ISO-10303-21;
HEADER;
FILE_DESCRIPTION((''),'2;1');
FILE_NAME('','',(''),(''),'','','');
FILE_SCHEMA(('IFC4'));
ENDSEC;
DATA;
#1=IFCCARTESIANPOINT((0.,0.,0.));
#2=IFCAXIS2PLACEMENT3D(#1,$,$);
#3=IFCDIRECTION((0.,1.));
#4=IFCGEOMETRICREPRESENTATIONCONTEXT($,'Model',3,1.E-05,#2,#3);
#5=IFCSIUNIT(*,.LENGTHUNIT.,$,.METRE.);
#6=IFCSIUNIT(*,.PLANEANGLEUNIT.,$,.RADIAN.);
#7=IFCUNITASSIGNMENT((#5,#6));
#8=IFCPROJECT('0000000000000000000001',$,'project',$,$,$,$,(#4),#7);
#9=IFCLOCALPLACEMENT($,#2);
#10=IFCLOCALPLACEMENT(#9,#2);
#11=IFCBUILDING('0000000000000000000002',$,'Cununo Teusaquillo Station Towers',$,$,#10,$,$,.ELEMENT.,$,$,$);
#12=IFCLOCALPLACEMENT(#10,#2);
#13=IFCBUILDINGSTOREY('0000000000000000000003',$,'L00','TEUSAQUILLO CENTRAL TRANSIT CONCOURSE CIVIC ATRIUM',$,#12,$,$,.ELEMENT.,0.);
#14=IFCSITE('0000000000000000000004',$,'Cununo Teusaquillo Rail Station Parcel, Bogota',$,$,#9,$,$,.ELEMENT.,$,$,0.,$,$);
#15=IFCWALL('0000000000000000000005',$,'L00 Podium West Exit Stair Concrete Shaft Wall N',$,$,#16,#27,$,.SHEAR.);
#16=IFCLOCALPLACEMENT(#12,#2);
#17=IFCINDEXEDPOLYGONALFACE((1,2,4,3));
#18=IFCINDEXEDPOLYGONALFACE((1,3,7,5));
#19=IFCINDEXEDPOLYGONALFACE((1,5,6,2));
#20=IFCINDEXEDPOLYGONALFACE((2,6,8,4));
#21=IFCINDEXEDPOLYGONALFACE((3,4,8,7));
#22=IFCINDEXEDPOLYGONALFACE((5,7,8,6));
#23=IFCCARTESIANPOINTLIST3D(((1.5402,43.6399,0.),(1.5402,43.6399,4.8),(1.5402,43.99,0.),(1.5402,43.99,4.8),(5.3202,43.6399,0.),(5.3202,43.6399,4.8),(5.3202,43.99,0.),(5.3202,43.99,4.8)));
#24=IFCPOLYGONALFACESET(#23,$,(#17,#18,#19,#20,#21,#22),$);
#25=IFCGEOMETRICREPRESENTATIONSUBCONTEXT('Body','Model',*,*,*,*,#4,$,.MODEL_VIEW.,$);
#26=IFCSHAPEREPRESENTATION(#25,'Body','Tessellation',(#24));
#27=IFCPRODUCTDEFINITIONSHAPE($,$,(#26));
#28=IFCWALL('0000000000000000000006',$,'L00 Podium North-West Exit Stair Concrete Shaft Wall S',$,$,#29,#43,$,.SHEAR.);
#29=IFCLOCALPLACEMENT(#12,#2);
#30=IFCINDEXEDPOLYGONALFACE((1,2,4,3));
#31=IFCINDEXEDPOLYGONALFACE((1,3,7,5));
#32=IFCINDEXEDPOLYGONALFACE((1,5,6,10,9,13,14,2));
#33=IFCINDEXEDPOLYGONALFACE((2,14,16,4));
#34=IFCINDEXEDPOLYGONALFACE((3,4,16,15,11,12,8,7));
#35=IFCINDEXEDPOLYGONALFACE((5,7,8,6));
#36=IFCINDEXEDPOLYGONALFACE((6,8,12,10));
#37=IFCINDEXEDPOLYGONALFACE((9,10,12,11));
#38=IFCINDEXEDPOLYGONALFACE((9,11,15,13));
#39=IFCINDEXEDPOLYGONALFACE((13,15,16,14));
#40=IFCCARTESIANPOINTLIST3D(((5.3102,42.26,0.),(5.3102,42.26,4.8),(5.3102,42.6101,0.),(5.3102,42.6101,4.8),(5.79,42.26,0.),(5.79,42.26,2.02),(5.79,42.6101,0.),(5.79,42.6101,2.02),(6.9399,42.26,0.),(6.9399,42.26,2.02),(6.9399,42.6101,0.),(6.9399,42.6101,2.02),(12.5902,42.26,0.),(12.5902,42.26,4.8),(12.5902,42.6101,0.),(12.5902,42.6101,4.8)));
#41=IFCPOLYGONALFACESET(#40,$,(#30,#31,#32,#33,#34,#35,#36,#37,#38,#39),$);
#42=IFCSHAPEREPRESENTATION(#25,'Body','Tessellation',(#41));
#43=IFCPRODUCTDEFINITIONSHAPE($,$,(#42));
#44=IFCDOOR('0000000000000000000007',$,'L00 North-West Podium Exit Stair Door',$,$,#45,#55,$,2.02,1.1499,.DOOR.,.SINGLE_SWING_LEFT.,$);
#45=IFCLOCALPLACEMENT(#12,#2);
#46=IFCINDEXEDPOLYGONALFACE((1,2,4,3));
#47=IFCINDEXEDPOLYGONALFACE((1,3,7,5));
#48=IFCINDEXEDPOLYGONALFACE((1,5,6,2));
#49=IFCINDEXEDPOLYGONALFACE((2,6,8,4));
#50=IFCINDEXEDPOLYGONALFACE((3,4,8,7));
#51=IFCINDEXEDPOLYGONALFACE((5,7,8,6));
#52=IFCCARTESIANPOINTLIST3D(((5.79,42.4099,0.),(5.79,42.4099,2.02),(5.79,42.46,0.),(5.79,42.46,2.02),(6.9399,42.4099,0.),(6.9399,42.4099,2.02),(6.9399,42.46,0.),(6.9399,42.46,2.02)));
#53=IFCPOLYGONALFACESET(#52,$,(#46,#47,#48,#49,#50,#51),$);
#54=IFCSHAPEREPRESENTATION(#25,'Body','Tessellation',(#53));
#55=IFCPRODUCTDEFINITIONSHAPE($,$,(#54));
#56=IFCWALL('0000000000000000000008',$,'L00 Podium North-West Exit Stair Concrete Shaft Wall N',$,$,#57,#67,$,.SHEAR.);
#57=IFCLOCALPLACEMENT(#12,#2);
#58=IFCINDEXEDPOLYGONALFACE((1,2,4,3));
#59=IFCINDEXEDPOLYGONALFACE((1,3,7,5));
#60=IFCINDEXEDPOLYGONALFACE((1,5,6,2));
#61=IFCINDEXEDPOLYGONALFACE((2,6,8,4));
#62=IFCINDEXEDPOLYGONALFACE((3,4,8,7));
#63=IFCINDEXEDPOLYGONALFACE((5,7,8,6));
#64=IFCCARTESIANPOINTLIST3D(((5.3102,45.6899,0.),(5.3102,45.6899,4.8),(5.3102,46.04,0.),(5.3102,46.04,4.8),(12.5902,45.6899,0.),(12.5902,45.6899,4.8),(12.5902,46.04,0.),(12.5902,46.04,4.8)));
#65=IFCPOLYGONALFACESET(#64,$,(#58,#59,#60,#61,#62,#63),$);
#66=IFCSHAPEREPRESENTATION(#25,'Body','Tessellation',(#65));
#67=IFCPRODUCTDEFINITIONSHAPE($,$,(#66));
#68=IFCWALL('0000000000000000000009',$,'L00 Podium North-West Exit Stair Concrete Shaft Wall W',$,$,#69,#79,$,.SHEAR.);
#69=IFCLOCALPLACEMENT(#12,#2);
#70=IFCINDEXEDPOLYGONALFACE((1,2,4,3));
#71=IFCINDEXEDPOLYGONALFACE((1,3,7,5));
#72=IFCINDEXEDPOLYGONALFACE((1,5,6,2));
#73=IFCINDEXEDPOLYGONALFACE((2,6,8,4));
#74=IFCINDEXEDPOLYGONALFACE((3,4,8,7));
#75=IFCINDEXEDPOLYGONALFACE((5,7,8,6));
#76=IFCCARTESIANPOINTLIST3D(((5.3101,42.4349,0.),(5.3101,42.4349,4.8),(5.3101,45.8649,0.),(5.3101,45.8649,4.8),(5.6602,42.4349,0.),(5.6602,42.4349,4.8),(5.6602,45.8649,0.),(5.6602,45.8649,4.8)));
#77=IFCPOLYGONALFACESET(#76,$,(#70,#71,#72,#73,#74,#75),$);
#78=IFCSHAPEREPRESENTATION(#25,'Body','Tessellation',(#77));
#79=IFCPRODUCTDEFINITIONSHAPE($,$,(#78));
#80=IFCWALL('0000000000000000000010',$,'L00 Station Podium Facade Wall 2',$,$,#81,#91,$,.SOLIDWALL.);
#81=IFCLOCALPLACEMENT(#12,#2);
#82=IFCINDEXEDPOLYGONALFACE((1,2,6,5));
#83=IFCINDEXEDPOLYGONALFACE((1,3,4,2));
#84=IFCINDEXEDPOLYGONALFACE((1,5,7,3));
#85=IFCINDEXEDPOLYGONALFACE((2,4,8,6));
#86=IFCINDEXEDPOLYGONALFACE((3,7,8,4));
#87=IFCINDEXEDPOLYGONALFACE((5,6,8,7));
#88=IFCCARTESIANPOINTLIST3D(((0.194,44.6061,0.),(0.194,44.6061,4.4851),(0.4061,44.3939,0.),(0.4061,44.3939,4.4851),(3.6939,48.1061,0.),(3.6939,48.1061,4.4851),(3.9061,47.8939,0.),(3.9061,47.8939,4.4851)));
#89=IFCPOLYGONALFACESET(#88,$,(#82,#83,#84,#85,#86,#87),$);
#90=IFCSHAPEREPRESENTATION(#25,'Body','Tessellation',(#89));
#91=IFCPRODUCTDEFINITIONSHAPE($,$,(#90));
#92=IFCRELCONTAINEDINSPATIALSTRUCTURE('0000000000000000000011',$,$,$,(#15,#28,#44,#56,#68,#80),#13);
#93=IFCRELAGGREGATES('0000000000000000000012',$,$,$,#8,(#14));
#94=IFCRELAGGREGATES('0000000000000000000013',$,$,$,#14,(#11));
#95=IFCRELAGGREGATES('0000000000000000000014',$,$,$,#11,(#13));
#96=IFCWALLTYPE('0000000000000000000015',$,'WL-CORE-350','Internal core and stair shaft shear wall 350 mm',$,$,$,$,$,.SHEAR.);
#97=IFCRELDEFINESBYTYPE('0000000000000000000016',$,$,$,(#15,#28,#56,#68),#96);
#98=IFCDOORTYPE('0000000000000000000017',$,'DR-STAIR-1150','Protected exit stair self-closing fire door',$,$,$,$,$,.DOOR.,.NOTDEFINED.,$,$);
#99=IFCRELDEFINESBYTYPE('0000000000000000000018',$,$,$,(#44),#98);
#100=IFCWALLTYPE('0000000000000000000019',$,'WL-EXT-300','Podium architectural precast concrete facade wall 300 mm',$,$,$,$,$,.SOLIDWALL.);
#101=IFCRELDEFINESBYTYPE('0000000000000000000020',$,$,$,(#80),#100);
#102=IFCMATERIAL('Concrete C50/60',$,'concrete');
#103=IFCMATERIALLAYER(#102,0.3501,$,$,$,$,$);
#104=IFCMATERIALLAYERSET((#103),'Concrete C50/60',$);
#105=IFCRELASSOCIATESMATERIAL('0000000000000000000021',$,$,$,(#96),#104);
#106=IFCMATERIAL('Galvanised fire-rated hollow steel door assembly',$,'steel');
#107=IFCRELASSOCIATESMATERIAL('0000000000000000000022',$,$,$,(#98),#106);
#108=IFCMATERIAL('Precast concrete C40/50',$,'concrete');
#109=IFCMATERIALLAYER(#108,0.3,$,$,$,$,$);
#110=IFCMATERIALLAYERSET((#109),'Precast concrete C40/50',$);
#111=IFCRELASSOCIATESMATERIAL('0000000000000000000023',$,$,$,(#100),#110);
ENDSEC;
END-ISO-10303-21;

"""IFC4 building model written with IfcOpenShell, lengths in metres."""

from ifc_helpers import new_model, si_unit, direction, frame, frame_2d, origin, place, context, subcontext, project, spatial, rectangle, extrude, source, transform, mapped, material, layer, layer_set, type_object, element, fill, save


model = new_model("IFC4")

# Units and contexts
model_context = context("Model", 3, precision=1e-05, world=origin(), true_north=direction((0.0, 1.0)))
body_context = subcontext(model_context, "Body", "Model", "MODEL_VIEW")
ifc_project = project(units=[si_unit("LENGTHUNIT", "METRE"), si_unit("PLANEANGLEUNIT", "RADIAN")], contexts=[model_context])

# Site, building, storey
site_placement = place(None, origin())
site = spatial("IfcSite", under=ifc_project, at=site_placement, Name="Cununo Teusaquillo Rail Station Parcel, Bogota", CompositionType="ELEMENT", RefElevation=0.0)
building_placement = place(site_placement, origin())
building = spatial("IfcBuilding", under=site, at=building_placement, Name="Cununo Teusaquillo Station Towers", CompositionType="ELEMENT")
storey_placement = place(building_placement, origin())
storey = spatial("IfcBuildingStorey", under=building, at=storey_placement, Name="L00", Description="TEUSAQUILLO CENTRAL TRANSIT CONCOURSE CIVIC ATRIUM", CompositionType="ELEMENT", Elevation=0.0)

# Wall
ifc_material_1 = material(Name="Concrete C50/60", Category="concrete")
ifc_layer_1 = layer(ifc_material_1, 0.3501)
ifc_layer_set_1 = layer_set([ifc_layer_1], Name="Concrete C50/60")
wall_type_1 = type_object("IfcWallType", Name="WL-CORE-350", Description="Internal core and stair shaft shear wall 350 mm", PredefinedType="SHEAR", material=ifc_layer_set_1)
wall_1_placement = place(storey_placement, frame((1.54, 43.8149, 0.0), z_axis=(0.0, 0.0, 1.0), x_axis=(1.0, 0.0, 0.0)))
element("IfcWall", 1, at=wall_1_placement, inside=storey, type_object=wall_type_1, Name="L00 Podium West Exit Stair Concrete Shaft Wall N", PredefinedType="SHEAR", context=body_context, shape_type="SweptSolid", body=[
    extrude(rectangle(XDim=3.78, YDim=0.3501, at=frame_2d((1.8901, 0.0))), origin(), (0.0, 0.0, 1.0), 4.8),
])

# Wall, opening, door
wall_2_placement = place(storey_placement, frame((5.3101, 42.4351, 0.0), z_axis=(0.0, 0.0, 1.0), x_axis=(1.0, 0.0, 0.0)))
wall_2 = element("IfcWall", 2, at=wall_2_placement, inside=storey, type_object=wall_type_1, Name="L00 Podium North-West Exit Stair Concrete Shaft Wall S", PredefinedType="SHEAR", context=body_context, shape_type="SweptSolid", body=[
    extrude(rectangle(XDim=7.28, YDim=0.3501, at=frame_2d((3.6401, 0.0))), origin(), (0.0, 0.0, 1.0), 4.8),
])
shared_shape_1 = source(origin(), body_context, "Body", "SweptSolid", [
    extrude(rectangle(XDim=1.1499, YDim=2.02, at=frame_2d((0.575, 1.01))), frame((0.0, 0.1851, 0.0), z_axis=(0.0, -1.0, 0.0), x_axis=(1.0, 0.0, 0.0)), (0.0, 0.0, 1.0), 0.3701),
])
opening_1_placement = place(wall_2_placement, frame((0.48, 0.0, 0.0)))
opening_1 = element("IfcOpeningElement", 3, at=opening_1_placement, cuts=wall_2, PredefinedType="OPENING", context=body_context, shape_type="MappedRepresentation", body=[
    mapped(shared_shape_1, transform((0.0, 0.0, 0.0), x_axis=(1.0, 0.0, 0.0), y_axis=(0.0, 1.0, 0.0), z_axis=(0.0, 0.0, 1.0), scale=1.0)),
])
ifc_material_2 = material(Name="Galvanised fire-rated hollow steel door assembly", Category="steel")
door_type_1 = type_object("IfcDoorType", Name="DR-STAIR-1150", Description="Protected exit stair self-closing fire door", OperationType="NOTDEFINED", PredefinedType="DOOR", material=ifc_material_2)
shared_shape_2 = source(origin(), body_context, "Body", "SweptSolid", [
    extrude(rectangle(XDim=1.1499, YDim=2.02, at=frame_2d((0.575, 1.01))), frame((0.0, 0.0249, 0.0), z_axis=(0.0, -1.0, 0.0), x_axis=(1.0, 0.0, 0.0)), (0.0, 0.0, 1.0), 0.05),
])
door_1_placement = place(opening_1_placement, origin())
door_1 = element("IfcDoor", 4, at=door_1_placement, inside=storey, type_object=door_type_1, Name="L00 North-West Podium Exit Stair Door", OperationType="SINGLE_SWING_LEFT", OverallHeight=2.02, OverallWidth=1.1499, PredefinedType="DOOR", context=body_context, shape_type="MappedRepresentation", body=[
    mapped(shared_shape_2, transform((0.0, 0.0, 0.0), x_axis=(1.0, 0.0, 0.0), y_axis=(0.0, 1.0, 0.0), z_axis=(0.0, 0.0, 1.0), scale=1.0)),
])
fill(opening_1, door_1)

# Walls
wall_3_placement = place(storey_placement, frame((5.3101, 45.865, 0.0), z_axis=(0.0, 0.0, 1.0), x_axis=(1.0, 0.0, 0.0)))
element("IfcWall", 5, at=wall_3_placement, inside=storey, type_object=wall_type_1, Name="L00 Podium North-West Exit Stair Concrete Shaft Wall N", PredefinedType="SHEAR", context=body_context, shape_type="SweptSolid", body=[
    extrude(rectangle(XDim=7.28, YDim=0.3501, at=frame_2d((3.6401, 0.0))), origin(), (0.0, 0.0, 1.0), 4.8),
])
wall_4_placement = place(storey_placement, frame((5.4851, 42.4351, 0.0), z_axis=(0.0, 0.0, 1.0), x_axis=(0.0, 1.0, 0.0)))
element("IfcWall", 6, at=wall_4_placement, inside=storey, type_object=wall_type_1, Name="L00 Podium North-West Exit Stair Concrete Shaft Wall W", PredefinedType="SHEAR", context=body_context, shape_type="SweptSolid", body=[
    extrude(rectangle(XDim=3.4299, YDim=0.3501, at=frame_2d((1.7148, 0.0))), origin(), (0.0, 0.0, 1.0), 4.8),
])
ifc_material_3 = material(Name="Precast concrete C40/50", Category="concrete")
ifc_layer_2 = layer(ifc_material_3, 0.3)
ifc_layer_set_2 = layer_set([ifc_layer_2], Name="Precast concrete C40/50")
wall_type_2 = type_object("IfcWallType", Name="WL-EXT-300", Description="Podium architectural precast concrete facade wall 300 mm", PredefinedType="SOLIDWALL", material=ifc_layer_set_2)
wall_5_placement = place(storey_placement, frame((0.3, 44.5, 0.0), z_axis=(0.0, 0.0, 1.0), x_axis=(0.707107, 0.707107, 0.0)))
element("IfcWall", 7, at=wall_5_placement, inside=storey, type_object=wall_type_2, Name="L00 Station Podium Facade Wall 2", PredefinedType="SOLIDWALL", context=body_context, shape_type="SweptSolid", body=[
    extrude(rectangle(XDim=4.9497, YDim=0.3, at=frame_2d((2.4749, 0.0))), origin(), (0.0, 0.0, 1.0), 4.4851),
])

save(model, "model.ifc")
